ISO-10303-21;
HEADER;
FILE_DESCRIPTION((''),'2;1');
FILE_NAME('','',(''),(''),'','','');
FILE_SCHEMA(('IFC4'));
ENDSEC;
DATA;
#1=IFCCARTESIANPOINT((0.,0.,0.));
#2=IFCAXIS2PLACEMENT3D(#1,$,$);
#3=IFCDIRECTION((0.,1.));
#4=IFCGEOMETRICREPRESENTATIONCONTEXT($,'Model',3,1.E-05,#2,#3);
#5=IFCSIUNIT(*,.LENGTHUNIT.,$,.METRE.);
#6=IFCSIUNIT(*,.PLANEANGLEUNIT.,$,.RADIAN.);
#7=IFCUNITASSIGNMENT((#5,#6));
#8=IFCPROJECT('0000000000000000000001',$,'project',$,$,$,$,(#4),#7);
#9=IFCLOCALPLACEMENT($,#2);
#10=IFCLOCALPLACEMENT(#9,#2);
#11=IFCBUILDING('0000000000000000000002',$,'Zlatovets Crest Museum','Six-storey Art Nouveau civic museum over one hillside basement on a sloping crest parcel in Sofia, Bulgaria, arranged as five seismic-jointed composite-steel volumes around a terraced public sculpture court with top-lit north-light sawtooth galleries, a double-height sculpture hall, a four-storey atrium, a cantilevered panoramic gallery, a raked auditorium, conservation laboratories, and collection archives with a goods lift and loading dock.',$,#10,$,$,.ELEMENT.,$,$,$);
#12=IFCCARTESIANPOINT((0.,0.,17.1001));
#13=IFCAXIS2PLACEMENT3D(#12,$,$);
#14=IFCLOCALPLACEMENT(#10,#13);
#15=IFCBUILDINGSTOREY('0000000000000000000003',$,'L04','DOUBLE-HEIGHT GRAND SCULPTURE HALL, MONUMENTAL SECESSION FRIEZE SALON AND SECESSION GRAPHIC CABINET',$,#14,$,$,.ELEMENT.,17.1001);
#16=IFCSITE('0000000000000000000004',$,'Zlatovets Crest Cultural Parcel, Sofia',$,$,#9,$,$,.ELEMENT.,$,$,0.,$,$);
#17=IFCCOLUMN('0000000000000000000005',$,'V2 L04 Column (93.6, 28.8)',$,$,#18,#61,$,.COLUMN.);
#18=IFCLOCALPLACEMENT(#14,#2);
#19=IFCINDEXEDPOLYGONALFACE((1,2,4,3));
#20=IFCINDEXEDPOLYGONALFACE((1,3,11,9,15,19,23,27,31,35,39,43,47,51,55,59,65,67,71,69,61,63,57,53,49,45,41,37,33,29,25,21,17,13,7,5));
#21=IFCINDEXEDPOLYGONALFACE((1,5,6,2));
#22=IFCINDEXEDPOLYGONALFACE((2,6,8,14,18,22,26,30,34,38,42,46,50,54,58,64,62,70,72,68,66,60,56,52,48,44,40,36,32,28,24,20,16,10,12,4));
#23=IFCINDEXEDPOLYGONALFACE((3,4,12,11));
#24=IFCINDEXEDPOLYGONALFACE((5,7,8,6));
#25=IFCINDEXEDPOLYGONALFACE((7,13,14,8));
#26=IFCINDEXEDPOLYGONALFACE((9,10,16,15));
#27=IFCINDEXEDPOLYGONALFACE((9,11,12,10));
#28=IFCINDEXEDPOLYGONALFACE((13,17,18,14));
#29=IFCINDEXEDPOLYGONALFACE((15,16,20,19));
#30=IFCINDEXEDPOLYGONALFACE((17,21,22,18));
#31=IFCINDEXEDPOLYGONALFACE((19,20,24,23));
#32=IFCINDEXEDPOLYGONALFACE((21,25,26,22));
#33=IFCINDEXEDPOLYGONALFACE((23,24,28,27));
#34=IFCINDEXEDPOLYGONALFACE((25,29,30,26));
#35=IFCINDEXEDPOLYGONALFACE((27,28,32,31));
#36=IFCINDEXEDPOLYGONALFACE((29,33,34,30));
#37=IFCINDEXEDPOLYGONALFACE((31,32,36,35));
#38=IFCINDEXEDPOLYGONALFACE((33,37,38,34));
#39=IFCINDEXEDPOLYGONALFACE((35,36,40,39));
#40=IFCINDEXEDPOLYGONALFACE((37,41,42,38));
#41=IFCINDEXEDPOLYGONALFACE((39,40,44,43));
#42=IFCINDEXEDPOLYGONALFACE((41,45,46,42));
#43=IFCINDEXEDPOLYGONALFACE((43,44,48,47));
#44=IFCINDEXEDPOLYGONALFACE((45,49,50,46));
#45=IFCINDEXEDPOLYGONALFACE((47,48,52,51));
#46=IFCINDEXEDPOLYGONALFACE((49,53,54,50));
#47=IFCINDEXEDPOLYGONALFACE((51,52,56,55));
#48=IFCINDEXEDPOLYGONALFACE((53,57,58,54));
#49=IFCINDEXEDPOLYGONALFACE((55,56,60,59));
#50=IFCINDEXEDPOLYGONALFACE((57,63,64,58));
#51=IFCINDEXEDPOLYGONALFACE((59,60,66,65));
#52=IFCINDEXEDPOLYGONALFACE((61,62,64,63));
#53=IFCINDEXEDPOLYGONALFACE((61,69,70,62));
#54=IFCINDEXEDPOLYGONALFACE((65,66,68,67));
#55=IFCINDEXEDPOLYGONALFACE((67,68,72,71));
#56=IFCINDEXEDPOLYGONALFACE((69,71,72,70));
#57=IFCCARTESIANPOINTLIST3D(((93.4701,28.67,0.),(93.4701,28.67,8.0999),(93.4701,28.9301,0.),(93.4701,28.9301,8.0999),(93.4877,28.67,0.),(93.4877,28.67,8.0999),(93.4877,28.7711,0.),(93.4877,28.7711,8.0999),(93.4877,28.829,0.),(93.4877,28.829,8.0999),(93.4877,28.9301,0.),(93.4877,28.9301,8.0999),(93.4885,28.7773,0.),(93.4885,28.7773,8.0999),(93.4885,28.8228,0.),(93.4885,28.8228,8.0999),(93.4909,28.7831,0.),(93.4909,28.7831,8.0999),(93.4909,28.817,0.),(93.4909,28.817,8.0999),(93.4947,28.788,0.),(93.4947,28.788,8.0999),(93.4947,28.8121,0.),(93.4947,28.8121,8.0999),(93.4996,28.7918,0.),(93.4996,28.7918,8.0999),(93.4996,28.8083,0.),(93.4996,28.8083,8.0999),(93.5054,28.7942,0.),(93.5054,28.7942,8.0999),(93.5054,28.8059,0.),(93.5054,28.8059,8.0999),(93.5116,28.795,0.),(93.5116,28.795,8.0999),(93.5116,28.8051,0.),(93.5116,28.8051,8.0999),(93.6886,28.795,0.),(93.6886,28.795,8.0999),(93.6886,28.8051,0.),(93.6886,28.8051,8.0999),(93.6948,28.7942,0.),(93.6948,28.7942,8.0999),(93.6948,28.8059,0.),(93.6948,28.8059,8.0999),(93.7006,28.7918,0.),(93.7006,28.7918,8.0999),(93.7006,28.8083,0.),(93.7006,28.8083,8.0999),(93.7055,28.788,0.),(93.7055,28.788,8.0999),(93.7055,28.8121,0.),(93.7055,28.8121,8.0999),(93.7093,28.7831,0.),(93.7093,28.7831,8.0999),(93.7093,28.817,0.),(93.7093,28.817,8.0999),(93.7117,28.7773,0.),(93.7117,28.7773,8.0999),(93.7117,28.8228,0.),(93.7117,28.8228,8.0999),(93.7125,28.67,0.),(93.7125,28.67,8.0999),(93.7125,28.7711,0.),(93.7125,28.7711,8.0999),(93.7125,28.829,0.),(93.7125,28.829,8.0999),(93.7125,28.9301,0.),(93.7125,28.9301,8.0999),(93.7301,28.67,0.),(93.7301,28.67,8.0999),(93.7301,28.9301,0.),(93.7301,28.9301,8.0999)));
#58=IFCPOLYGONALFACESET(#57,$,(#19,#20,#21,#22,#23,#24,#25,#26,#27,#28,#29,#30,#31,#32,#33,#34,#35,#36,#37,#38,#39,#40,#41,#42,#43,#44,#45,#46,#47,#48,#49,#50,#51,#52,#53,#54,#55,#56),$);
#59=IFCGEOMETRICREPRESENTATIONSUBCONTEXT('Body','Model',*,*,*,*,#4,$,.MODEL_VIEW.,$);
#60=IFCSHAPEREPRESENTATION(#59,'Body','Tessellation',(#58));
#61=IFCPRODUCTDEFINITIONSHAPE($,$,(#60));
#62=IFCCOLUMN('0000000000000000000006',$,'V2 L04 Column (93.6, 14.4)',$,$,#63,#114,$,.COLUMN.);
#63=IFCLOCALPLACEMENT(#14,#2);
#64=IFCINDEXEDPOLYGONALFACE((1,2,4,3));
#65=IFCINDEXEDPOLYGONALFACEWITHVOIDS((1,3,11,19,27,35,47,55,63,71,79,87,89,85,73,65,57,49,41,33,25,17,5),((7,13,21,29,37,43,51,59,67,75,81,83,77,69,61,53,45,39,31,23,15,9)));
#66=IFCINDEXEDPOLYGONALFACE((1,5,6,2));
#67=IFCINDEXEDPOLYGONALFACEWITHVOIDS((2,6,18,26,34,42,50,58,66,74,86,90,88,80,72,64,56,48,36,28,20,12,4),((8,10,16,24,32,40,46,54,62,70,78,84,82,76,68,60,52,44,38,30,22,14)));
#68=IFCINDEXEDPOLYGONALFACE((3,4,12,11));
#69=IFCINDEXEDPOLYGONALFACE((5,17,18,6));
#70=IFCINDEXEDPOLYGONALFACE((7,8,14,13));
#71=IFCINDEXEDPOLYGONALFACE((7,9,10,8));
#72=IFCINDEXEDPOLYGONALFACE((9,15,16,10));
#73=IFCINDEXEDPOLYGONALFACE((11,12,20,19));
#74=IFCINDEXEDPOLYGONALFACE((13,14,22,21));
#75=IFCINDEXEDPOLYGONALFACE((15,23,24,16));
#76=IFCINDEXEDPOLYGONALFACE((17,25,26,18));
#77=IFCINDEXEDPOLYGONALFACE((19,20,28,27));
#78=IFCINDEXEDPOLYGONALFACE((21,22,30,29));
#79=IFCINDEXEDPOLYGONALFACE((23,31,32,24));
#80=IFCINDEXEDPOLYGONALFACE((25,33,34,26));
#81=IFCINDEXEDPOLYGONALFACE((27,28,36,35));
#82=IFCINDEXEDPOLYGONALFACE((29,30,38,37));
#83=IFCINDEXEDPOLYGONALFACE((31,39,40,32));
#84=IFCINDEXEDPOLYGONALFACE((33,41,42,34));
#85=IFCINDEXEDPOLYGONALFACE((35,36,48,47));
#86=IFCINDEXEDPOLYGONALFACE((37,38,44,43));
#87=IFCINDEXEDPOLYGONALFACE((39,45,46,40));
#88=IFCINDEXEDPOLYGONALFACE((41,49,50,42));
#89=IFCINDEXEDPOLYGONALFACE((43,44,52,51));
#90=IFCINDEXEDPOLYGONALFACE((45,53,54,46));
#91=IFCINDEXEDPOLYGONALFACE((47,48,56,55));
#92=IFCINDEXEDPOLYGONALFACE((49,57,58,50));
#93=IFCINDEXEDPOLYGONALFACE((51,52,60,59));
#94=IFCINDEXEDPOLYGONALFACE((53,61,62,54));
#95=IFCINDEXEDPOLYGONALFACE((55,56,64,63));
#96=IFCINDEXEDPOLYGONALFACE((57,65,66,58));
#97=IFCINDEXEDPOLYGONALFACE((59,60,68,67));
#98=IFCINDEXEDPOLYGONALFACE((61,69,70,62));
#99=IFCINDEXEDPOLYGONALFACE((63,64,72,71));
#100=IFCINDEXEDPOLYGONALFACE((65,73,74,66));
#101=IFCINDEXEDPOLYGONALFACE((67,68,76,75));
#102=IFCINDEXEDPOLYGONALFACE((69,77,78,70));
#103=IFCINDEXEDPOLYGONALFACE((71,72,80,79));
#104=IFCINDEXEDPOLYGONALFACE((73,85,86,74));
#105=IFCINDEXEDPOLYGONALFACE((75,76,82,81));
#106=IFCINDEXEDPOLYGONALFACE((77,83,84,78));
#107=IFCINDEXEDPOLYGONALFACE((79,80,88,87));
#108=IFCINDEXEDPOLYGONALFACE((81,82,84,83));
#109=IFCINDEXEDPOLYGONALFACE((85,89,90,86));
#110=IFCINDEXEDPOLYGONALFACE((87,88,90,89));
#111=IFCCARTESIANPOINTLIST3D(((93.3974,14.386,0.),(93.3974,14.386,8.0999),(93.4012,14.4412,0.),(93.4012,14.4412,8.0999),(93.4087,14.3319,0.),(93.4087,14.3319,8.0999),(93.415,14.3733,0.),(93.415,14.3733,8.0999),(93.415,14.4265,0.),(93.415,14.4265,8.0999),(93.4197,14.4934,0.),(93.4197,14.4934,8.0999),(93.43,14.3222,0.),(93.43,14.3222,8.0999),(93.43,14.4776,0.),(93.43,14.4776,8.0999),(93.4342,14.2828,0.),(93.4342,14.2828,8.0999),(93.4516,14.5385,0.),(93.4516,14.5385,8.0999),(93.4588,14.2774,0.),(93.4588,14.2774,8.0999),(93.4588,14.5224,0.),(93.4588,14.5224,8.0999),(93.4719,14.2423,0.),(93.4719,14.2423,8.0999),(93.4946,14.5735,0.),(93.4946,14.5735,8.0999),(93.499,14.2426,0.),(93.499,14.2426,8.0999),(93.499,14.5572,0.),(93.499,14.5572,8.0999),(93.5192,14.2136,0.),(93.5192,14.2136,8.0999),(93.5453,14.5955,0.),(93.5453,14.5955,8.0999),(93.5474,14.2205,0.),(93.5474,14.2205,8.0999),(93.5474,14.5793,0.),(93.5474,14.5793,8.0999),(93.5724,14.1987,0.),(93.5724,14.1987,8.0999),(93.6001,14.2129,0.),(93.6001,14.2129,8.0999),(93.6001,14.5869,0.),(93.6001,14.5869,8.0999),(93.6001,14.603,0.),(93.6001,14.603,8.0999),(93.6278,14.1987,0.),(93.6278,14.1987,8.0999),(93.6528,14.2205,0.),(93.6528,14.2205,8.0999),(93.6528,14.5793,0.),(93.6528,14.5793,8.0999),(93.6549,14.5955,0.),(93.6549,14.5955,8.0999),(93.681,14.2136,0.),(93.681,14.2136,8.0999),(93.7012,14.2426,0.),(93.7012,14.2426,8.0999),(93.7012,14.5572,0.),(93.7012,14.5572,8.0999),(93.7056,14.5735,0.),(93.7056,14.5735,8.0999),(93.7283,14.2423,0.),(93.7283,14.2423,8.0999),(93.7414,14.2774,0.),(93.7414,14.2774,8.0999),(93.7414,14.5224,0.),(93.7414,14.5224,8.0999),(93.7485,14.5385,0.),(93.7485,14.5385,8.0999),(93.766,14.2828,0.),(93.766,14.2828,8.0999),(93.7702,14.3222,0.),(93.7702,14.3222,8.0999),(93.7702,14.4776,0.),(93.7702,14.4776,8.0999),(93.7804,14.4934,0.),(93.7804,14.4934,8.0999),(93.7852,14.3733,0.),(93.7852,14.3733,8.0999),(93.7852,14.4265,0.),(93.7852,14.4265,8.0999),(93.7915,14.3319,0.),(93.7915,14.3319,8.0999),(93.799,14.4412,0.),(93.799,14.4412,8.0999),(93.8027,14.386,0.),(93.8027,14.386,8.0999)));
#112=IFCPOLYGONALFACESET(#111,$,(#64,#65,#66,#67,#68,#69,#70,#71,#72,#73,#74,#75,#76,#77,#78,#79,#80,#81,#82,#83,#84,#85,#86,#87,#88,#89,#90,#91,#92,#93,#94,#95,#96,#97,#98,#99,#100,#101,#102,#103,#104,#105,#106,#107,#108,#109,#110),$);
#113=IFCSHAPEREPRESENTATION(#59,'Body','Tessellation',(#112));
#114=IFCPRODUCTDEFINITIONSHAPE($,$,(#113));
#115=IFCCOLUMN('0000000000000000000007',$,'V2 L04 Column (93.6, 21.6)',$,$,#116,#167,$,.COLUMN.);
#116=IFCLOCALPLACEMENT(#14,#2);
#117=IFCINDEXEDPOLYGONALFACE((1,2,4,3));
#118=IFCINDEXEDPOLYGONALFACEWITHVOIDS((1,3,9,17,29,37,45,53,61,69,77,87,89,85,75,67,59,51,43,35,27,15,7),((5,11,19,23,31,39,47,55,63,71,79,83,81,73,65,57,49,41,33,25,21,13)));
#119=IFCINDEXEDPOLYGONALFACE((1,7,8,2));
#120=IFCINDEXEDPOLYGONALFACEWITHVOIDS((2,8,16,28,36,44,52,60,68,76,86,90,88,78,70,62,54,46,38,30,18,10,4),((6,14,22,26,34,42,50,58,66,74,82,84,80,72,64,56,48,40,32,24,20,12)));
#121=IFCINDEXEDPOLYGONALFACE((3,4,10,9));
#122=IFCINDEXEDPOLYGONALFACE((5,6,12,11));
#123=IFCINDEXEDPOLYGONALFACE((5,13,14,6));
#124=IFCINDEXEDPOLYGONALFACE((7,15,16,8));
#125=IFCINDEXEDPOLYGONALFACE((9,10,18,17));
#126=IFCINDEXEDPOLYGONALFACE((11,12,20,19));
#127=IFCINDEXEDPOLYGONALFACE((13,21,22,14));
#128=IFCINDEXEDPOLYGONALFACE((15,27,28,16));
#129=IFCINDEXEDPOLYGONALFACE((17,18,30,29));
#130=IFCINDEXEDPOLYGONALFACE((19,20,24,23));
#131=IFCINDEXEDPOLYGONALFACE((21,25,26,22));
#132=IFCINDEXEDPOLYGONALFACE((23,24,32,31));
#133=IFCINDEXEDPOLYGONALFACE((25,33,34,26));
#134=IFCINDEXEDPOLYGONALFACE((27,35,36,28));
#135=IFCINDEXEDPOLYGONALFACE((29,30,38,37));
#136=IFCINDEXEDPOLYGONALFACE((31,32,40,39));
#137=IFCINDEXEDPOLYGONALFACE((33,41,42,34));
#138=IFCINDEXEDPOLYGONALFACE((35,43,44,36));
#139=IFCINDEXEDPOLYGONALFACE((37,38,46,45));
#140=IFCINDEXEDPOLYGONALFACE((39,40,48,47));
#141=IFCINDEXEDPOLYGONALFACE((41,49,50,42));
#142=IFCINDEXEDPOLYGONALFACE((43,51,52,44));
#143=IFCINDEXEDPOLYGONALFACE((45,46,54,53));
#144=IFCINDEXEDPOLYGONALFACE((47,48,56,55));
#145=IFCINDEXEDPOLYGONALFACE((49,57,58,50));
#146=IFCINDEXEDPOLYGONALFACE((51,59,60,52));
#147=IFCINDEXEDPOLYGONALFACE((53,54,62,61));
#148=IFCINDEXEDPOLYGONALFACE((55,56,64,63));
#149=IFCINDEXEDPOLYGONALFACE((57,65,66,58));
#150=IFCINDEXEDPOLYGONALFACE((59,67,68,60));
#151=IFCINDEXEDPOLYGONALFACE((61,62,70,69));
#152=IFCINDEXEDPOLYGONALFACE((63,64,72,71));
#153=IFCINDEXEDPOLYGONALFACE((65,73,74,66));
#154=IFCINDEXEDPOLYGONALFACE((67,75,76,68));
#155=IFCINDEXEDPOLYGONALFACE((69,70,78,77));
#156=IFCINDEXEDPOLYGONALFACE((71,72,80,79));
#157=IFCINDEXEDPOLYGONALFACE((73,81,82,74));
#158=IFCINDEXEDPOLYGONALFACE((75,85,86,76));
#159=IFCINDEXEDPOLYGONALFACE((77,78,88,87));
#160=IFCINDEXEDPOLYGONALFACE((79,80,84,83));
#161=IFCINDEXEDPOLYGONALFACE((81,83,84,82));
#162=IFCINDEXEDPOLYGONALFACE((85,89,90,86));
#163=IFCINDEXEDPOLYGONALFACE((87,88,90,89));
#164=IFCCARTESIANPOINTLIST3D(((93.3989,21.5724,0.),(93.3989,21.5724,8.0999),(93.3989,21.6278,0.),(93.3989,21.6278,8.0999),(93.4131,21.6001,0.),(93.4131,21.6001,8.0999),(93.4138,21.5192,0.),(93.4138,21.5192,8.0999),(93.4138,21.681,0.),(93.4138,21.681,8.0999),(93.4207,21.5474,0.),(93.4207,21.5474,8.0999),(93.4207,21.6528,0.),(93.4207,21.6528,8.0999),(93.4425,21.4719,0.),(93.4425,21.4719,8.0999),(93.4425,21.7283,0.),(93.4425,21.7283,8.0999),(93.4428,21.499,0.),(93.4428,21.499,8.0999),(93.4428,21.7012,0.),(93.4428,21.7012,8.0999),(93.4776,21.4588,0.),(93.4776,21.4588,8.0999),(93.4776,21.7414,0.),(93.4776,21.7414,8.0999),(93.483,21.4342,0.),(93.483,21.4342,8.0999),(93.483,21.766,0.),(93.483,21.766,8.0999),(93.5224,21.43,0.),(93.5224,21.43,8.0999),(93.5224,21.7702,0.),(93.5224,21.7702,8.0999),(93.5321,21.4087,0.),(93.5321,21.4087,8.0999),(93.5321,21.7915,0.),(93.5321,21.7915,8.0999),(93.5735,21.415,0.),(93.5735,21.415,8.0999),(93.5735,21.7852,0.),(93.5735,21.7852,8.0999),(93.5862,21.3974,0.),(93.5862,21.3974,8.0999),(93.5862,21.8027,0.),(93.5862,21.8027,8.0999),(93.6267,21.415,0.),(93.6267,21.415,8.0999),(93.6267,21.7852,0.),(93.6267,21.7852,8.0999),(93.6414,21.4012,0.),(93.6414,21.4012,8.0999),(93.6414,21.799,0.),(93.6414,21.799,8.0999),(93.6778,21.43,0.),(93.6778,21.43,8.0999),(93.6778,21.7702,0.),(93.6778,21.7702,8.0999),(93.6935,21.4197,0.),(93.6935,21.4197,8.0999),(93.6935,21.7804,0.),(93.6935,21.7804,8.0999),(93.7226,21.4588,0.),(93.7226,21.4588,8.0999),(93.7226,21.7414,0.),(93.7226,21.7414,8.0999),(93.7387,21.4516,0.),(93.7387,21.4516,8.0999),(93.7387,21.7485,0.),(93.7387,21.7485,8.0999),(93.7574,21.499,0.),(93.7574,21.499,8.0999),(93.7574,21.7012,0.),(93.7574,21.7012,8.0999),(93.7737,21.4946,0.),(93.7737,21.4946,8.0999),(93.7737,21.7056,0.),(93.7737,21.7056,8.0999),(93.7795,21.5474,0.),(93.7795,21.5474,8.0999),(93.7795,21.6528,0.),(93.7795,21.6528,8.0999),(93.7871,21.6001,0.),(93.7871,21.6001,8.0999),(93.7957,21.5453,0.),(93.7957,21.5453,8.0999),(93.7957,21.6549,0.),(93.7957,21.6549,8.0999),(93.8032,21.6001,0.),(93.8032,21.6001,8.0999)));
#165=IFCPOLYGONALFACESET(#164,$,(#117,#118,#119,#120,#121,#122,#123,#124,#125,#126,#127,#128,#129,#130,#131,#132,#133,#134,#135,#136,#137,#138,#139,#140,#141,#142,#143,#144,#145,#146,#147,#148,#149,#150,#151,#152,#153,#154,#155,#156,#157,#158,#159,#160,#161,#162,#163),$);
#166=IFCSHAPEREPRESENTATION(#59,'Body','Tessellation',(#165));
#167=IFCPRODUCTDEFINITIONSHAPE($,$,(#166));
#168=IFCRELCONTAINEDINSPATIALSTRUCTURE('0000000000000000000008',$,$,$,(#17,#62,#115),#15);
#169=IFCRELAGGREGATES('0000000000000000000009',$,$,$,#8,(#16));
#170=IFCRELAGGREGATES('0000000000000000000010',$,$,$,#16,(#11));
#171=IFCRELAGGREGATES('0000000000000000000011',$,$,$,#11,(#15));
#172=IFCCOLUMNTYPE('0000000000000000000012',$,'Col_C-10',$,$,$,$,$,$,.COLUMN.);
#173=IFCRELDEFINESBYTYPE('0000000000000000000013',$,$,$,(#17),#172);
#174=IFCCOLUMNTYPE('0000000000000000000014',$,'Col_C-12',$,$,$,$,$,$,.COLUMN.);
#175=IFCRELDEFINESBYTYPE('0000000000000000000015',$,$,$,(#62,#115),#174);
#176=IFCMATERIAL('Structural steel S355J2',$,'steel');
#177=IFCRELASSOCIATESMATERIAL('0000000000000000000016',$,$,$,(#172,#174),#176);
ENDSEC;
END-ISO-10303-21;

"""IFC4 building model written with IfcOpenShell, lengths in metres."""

from ifc_helpers import new_model, si_unit, direction, frame, origin, origin_2d, place, context, subcontext, project, spatial, hollow_circle, i_section, extrude, material, material_profile, profile_set, type_object, element, save


model = new_model("IFC4")

# Units and contexts
model_context = context("Model", 3, precision=1e-05, world=origin(), true_north=direction((0.0, 1.0)))
body_context = subcontext(model_context, "Body", "Model", "MODEL_VIEW")
ifc_project = project(units=[si_unit("LENGTHUNIT", "METRE"), si_unit("PLANEANGLEUNIT", "RADIAN")], contexts=[model_context])

# Site, building, storey
site_placement = place(None, origin())
site = spatial("IfcSite", under=ifc_project, at=site_placement, Name="Zlatovets Crest Cultural Parcel, Sofia", CompositionType="ELEMENT", RefElevation=0.0)
building_placement = place(site_placement, origin())
building = spatial("IfcBuilding", under=site, at=building_placement, Name="Zlatovets Crest Museum", Description="Six-storey Art Nouveau civic museum over one hillside basement on a sloping crest parcel in Sofia, Bulgaria, arranged as five seismic-jointed composite-steel volumes around a terraced public sculpture court with top-lit north-light sawtooth galleries, a double-height sculpture hall, a four-storey atrium, a cantilevered panoramic gallery, a raked auditorium, conservation laboratories, and collection archives with a goods lift and loading dock.", CompositionType="ELEMENT")
storey_placement = place(building_placement, frame((0.0, 0.0, 17.1001)))
storey = spatial("IfcBuildingStorey", under=building, at=storey_placement, Name="L04", Description="DOUBLE-HEIGHT GRAND SCULPTURE HALL, MONUMENTAL SECESSION FRIEZE SALON AND SECESSION GRAPHIC CABINET", CompositionType="ELEMENT", Elevation=17.1001)

# Columns
ifc_material_1 = material(Name="Structural steel S355J2", Category="steel")
ifc_material_profile_1 = material_profile(ifc_material_1, i_section(OverallWidth=0.26, OverallDepth=0.26, WebThickness=0.01, FlangeThickness=0.0176, FilletRadius=0.0239, at=origin_2d()), Name="HEB 260")
ifc_profile_set_1 = profile_set([ifc_material_profile_1], Name="Structural steel S355J2")
column_type_1 = type_object("IfcColumnType", Name="Col_C-10", PredefinedType="COLUMN", material=ifc_profile_set_1)
column_placement = place(storey_placement, frame((93.6001, 28.8, 0.0), z_axis=(0.0, 0.0, 1.0), x_axis=(0.0, 1.0, 0.0)))
element("IfcColumn", 1, at=column_placement, inside=storey, type_object=column_type_1, Name="V2 L04 Column (93.6, 28.8)", PredefinedType="COLUMN", context=body_context, shape_type="SweptSolid", body=[
    extrude(i_section(OverallWidth=0.26, OverallDepth=0.26, WebThickness=0.01, FlangeThickness=0.0176, FilletRadius=0.0239, at=origin_2d()), origin(), (0.0, 0.0, 1.0), 8.0999),
])
ifc_material_profile_2 = material_profile(ifc_material_1, hollow_circle(Radius=0.2031, WallThickness=0.0161, at=origin_2d()), Name="CHS 406.4x16.0")
ifc_profile_set_2 = profile_set([ifc_material_profile_2], Name="Structural steel S355J2")
column_type_2 = type_object("IfcColumnType", Name="Col_C-12", PredefinedType="COLUMN", material=ifc_profile_set_2)
for number, where, z_axis, x_axis, name in (
    (2, (93.6001, 14.3999, 0.0), (0.0, 0.0, 1.0), (0.0, 1.0, 0.0), "V2 L04 Column (93.6, 14.4)"),
    (3, (93.6001, 21.6001, 0.0), (0.0, 0.0, 1.0), (1.0, 0.0, 0.0), "V2 L04 Column (93.6, 21.6)"),
):
    element("IfcColumn", number, at=place(storey_placement, frame(where, z_axis=z_axis, x_axis=x_axis)), inside=storey, type_object=column_type_2, Name=name, PredefinedType="COLUMN", context=body_context, shape_type="SweptSolid", body=[
        extrude(hollow_circle(Radius=0.2031, WallThickness=0.0161, at=origin_2d()), origin(), (0.0, 0.0, 1.0), 8.0999),
    ])

save(model, "model.ifc")
